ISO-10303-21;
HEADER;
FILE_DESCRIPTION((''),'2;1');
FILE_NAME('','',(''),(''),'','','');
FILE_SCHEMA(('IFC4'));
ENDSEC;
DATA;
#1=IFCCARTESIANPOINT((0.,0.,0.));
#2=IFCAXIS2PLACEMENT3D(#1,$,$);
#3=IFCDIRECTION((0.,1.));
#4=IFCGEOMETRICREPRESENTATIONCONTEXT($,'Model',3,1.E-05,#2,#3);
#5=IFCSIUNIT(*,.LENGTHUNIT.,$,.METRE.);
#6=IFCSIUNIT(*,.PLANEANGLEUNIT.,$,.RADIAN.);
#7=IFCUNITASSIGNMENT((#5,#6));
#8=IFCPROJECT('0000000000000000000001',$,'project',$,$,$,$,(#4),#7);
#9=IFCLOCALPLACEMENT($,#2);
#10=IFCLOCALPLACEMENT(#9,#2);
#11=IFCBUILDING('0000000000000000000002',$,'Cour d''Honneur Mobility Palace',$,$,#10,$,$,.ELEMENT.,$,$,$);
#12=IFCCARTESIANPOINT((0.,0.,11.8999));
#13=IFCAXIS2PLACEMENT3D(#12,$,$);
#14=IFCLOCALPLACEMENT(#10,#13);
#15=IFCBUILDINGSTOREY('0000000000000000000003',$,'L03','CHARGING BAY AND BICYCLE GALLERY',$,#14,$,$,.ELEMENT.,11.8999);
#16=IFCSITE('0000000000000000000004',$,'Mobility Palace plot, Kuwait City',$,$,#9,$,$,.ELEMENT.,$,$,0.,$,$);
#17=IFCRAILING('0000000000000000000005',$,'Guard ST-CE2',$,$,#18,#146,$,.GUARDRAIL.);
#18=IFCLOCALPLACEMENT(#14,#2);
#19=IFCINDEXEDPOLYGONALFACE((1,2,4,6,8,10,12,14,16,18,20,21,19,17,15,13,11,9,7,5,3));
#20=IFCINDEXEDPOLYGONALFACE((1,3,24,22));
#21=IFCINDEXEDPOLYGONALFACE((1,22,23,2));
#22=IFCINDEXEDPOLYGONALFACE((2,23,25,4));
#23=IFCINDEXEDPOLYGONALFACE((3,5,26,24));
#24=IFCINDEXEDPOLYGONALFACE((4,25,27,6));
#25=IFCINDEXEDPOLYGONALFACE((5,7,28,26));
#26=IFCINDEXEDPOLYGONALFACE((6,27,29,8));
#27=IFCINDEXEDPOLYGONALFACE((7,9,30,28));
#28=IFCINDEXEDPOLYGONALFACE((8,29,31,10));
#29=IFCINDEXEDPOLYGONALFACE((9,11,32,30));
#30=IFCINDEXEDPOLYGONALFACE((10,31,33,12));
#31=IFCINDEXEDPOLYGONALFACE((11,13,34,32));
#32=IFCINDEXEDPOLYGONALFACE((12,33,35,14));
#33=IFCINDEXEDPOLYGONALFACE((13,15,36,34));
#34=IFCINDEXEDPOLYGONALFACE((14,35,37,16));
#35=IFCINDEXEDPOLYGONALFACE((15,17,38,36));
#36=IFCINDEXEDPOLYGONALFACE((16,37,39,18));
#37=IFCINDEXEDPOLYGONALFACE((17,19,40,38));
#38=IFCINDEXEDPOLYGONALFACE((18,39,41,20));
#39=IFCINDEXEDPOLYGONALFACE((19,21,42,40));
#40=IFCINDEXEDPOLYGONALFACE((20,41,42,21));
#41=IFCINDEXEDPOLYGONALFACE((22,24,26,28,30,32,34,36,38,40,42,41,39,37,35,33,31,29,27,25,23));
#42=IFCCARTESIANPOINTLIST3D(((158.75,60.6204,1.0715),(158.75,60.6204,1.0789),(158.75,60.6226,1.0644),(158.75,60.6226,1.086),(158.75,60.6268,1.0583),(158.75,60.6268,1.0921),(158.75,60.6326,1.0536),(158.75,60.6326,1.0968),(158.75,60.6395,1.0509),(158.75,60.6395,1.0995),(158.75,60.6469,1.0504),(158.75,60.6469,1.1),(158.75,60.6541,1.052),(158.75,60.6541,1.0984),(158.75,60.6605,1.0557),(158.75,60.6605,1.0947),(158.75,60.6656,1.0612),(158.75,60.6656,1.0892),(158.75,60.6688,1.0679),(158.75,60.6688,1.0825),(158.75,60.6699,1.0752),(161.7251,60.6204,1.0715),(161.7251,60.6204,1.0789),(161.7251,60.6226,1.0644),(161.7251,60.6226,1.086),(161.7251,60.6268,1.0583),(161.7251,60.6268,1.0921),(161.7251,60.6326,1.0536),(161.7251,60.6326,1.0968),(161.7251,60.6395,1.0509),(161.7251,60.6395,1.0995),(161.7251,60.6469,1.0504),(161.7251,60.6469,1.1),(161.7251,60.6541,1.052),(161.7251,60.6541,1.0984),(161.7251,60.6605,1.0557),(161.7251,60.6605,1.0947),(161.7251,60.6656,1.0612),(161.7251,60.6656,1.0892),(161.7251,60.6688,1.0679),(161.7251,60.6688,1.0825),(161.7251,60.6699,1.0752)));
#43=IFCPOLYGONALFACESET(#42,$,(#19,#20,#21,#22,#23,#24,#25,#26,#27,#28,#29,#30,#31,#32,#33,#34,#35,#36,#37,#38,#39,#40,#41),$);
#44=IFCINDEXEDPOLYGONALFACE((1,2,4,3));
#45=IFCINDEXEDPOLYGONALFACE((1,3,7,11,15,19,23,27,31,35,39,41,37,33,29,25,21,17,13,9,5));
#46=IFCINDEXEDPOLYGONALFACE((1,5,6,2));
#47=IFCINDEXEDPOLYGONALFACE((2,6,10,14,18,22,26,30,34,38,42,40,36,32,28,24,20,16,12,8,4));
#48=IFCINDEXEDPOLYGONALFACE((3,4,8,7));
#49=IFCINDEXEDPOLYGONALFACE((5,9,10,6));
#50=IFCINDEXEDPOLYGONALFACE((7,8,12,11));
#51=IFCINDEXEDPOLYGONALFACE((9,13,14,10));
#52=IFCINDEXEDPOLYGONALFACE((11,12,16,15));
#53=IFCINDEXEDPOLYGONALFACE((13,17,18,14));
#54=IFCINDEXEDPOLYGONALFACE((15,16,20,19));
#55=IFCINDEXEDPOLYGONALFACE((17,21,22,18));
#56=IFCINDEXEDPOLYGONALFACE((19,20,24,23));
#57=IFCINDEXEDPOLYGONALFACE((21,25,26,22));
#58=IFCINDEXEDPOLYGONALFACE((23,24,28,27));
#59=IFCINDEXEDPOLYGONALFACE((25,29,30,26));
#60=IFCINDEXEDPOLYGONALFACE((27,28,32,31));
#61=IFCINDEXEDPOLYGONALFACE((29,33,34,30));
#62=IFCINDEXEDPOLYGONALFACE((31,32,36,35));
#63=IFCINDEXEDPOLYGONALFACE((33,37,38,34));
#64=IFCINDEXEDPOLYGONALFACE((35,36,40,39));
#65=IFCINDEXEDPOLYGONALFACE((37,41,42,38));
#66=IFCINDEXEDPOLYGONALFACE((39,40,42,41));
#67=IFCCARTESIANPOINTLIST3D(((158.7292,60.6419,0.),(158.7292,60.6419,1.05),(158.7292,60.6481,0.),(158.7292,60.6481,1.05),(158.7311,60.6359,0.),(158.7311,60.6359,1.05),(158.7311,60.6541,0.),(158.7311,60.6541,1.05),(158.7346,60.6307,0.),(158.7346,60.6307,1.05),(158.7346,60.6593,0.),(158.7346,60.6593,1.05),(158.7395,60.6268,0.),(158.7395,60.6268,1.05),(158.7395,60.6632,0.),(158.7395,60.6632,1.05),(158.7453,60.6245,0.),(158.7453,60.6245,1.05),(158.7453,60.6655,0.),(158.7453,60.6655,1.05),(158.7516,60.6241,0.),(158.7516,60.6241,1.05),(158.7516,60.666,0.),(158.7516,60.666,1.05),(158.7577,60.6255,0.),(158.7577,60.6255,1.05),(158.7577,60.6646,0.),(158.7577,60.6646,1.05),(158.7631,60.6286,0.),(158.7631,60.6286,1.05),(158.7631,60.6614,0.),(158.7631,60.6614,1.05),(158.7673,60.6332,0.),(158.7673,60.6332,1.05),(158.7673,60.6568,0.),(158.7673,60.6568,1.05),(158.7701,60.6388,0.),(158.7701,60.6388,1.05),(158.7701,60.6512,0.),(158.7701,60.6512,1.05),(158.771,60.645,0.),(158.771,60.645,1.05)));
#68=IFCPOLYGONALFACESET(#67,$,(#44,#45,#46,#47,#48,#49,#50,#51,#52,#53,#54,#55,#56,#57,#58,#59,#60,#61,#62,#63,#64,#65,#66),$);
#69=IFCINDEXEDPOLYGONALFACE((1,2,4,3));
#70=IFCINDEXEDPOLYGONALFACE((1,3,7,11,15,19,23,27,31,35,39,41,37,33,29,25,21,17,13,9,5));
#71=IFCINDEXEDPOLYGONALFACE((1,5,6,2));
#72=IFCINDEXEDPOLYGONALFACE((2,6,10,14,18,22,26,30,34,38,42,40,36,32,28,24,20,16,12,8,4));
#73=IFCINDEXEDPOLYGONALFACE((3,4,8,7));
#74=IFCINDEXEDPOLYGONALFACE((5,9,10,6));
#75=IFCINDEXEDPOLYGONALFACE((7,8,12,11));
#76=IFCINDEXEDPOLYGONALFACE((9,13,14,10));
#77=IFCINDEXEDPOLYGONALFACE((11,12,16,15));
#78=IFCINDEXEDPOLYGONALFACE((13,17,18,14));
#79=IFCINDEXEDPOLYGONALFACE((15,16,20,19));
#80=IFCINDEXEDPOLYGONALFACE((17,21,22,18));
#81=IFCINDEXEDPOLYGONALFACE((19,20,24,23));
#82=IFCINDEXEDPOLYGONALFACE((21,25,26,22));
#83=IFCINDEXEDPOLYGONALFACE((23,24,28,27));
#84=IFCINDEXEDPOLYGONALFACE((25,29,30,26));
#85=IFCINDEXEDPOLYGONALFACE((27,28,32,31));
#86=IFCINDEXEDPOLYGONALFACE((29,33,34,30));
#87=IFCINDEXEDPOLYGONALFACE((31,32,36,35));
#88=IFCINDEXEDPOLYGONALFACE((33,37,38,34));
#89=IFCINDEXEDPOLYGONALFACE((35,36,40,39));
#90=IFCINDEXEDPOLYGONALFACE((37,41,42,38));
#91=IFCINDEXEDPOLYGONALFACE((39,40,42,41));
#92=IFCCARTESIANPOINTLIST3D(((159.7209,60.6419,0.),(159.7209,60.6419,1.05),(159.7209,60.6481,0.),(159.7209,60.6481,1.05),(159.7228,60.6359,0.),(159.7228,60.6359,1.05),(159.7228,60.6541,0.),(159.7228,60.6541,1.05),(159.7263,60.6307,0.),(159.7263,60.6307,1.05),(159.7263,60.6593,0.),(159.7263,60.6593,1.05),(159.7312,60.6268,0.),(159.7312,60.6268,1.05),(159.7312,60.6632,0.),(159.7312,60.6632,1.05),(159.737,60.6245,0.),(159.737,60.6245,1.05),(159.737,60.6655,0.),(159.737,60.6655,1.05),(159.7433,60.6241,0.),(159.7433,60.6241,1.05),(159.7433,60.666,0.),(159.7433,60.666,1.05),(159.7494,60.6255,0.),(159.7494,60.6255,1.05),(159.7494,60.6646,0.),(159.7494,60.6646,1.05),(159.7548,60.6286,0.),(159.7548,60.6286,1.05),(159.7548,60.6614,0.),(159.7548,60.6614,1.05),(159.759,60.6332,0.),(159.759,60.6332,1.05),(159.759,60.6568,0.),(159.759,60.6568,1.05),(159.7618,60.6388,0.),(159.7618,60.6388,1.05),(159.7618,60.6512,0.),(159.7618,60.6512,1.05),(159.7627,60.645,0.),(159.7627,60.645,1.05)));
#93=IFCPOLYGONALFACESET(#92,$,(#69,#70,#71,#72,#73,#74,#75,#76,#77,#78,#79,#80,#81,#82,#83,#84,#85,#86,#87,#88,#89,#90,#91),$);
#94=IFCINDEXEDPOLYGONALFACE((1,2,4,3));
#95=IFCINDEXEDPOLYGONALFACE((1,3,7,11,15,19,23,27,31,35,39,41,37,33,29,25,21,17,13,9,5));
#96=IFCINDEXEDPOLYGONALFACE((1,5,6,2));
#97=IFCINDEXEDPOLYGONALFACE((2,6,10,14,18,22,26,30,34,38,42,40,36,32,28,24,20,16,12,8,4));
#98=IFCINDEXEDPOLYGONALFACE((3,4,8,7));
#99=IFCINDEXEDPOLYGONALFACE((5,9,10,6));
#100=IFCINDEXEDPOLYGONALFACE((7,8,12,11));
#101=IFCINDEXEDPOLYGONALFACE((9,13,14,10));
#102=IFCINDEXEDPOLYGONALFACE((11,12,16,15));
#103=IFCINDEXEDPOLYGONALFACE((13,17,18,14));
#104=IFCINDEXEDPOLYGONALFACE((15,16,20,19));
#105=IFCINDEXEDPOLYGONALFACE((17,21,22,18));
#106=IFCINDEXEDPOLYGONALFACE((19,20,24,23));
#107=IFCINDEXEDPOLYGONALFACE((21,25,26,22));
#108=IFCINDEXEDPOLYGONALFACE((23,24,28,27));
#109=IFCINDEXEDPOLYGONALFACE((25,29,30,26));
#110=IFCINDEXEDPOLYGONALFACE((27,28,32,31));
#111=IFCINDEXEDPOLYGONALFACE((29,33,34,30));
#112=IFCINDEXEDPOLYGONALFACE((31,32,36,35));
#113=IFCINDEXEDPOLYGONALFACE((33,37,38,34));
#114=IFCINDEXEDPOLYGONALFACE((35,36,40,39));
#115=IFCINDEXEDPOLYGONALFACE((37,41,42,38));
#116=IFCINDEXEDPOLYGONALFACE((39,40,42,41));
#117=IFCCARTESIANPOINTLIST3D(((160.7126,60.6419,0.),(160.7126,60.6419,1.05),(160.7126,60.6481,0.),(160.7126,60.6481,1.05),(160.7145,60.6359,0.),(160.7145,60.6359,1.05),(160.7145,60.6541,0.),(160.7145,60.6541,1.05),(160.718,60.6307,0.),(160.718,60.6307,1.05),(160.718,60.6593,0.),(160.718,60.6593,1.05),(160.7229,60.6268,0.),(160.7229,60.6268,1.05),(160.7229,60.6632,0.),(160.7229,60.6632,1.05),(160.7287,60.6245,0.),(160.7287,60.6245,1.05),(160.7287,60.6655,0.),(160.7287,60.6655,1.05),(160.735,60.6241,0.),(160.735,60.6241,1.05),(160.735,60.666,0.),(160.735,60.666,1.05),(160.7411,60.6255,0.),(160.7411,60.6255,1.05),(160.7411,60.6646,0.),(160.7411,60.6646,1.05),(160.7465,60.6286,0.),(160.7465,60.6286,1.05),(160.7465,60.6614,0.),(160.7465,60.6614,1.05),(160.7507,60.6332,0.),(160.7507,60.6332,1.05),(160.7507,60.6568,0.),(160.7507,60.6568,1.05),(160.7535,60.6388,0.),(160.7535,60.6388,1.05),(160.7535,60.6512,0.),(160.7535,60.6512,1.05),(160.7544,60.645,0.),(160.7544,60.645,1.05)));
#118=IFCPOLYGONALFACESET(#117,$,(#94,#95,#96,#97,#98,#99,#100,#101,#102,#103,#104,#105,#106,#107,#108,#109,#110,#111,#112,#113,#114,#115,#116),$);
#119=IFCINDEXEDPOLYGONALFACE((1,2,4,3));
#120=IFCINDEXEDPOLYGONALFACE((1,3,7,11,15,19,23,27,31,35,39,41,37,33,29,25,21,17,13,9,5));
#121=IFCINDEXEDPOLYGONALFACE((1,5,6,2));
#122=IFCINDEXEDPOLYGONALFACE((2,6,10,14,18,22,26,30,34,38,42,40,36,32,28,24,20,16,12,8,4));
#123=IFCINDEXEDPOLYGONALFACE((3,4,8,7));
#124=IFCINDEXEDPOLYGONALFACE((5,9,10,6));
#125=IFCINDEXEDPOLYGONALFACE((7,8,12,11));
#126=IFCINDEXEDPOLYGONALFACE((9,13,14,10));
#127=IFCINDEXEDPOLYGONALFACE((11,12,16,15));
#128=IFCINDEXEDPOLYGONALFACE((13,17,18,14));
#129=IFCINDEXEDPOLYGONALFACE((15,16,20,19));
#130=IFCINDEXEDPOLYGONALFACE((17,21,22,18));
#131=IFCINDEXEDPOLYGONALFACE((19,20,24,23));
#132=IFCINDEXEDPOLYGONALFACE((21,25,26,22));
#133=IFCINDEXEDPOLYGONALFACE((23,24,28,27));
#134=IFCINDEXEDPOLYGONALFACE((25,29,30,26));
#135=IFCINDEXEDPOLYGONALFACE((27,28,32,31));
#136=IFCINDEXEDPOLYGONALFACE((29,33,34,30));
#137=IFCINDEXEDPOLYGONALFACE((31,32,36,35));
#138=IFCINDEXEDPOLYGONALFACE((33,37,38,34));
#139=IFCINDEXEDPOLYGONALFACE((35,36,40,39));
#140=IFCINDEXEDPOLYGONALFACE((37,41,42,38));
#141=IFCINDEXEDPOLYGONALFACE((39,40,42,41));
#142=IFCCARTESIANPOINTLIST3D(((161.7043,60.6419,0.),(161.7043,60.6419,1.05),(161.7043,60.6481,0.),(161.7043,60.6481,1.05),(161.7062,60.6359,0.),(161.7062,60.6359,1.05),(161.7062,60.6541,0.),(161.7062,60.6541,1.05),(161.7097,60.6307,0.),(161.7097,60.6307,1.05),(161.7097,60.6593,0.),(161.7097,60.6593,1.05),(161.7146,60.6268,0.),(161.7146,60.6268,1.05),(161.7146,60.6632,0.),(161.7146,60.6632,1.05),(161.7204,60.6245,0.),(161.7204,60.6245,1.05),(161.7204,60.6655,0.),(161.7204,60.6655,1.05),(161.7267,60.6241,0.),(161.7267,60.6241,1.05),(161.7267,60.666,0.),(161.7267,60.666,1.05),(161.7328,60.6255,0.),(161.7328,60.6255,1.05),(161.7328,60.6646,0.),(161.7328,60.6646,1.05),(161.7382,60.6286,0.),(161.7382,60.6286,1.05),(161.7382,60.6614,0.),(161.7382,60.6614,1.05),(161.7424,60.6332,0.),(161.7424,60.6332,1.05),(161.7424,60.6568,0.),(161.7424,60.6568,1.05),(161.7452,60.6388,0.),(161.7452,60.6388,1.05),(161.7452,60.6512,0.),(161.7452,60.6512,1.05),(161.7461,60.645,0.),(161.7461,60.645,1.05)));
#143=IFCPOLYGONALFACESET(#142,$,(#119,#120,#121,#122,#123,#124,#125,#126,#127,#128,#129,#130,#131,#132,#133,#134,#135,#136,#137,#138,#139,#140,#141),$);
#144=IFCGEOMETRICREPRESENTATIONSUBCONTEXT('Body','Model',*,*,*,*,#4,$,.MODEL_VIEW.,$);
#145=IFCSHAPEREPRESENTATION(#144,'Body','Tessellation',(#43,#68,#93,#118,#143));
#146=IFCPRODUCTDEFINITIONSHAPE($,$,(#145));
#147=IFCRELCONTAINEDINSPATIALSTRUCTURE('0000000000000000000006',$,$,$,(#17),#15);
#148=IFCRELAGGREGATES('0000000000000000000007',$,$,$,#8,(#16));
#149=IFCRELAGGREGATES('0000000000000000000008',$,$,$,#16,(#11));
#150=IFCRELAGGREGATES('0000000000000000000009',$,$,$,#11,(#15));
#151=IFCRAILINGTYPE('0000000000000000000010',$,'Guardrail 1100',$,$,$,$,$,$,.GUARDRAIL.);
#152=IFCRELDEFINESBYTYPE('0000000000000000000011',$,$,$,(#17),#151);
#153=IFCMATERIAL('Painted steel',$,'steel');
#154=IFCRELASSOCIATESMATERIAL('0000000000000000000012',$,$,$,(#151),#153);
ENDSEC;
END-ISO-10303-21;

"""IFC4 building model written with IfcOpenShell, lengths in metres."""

from ifc_helpers import new_model, si_unit, direction, frame, origin, origin_2d, place, context, subcontext, project, spatial, circle, extrude, material, type_object, element, save


model = new_model("IFC4")

# Units and contexts
model_context = context("Model", 3, precision=1e-05, world=origin(), true_north=direction((0.0, 1.0)))
body_context = subcontext(model_context, "Body", "Model", "MODEL_VIEW")
ifc_project = project(units=[si_unit("LENGTHUNIT", "METRE"), si_unit("PLANEANGLEUNIT", "RADIAN")], contexts=[model_context])

# Site, building, storey
site_placement = place(None, origin())
site = spatial("IfcSite", under=ifc_project, at=site_placement, Name="Mobility Palace plot, Kuwait City", CompositionType="ELEMENT", RefElevation=0.0)
building_placement = place(site_placement, origin())
building = spatial("IfcBuilding", under=site, at=building_placement, Name="Cour d'Honneur Mobility Palace", CompositionType="ELEMENT")
storey_placement = place(building_placement, frame((0.0, 0.0, 11.8999)))
storey = spatial("IfcBuildingStorey", under=building, at=storey_placement, Name="L03", Description="CHARGING BAY AND BICYCLE GALLERY", CompositionType="ELEMENT", Elevation=11.8999)

# Railing
ifc_material_1 = material(Name="Painted steel", Category="steel")
railing_type_1 = type_object("IfcRailingType", Name="Guardrail 1100", PredefinedType="GUARDRAIL", material=ifc_material_1)
railing_1_placement = place(storey_placement, frame((158.75, 60.645, 0.0)))
element("IfcRailing", 1, at=railing_1_placement, inside=storey, type_object=railing_type_1, Name="Guard ST-CE2", PredefinedType="GUARDRAIL", context=body_context, shape_type="SweptSolid", body=[
    extrude(circle(Radius=0.0249, at=origin_2d()), frame((0.0, 0.0, 1.0752), z_axis=(1.0, 0.0, 0.0), x_axis=(0.0, 1.0, 0.0)), (0.0, 0.0, 1.0), 2.9751),
    extrude(circle(Radius=0.021, at=origin_2d()), origin(), (0.0, 0.0, 1.0), 1.05),
    extrude(circle(Radius=0.021, at=origin_2d()), frame((0.9917, 0.0, 0.0)), (0.0, 0.0, 1.0), 1.05),
    extrude(circle(Radius=0.021, at=origin_2d()), frame((1.9834, 0.0, 0.0)), (0.0, 0.0, 1.0), 1.05),
    extrude(circle(Radius=0.021, at=origin_2d()), frame((2.9751, 0.0, 0.0)), (0.0, 0.0, 1.0), 1.05),
])

save(model, "model.ifc")
